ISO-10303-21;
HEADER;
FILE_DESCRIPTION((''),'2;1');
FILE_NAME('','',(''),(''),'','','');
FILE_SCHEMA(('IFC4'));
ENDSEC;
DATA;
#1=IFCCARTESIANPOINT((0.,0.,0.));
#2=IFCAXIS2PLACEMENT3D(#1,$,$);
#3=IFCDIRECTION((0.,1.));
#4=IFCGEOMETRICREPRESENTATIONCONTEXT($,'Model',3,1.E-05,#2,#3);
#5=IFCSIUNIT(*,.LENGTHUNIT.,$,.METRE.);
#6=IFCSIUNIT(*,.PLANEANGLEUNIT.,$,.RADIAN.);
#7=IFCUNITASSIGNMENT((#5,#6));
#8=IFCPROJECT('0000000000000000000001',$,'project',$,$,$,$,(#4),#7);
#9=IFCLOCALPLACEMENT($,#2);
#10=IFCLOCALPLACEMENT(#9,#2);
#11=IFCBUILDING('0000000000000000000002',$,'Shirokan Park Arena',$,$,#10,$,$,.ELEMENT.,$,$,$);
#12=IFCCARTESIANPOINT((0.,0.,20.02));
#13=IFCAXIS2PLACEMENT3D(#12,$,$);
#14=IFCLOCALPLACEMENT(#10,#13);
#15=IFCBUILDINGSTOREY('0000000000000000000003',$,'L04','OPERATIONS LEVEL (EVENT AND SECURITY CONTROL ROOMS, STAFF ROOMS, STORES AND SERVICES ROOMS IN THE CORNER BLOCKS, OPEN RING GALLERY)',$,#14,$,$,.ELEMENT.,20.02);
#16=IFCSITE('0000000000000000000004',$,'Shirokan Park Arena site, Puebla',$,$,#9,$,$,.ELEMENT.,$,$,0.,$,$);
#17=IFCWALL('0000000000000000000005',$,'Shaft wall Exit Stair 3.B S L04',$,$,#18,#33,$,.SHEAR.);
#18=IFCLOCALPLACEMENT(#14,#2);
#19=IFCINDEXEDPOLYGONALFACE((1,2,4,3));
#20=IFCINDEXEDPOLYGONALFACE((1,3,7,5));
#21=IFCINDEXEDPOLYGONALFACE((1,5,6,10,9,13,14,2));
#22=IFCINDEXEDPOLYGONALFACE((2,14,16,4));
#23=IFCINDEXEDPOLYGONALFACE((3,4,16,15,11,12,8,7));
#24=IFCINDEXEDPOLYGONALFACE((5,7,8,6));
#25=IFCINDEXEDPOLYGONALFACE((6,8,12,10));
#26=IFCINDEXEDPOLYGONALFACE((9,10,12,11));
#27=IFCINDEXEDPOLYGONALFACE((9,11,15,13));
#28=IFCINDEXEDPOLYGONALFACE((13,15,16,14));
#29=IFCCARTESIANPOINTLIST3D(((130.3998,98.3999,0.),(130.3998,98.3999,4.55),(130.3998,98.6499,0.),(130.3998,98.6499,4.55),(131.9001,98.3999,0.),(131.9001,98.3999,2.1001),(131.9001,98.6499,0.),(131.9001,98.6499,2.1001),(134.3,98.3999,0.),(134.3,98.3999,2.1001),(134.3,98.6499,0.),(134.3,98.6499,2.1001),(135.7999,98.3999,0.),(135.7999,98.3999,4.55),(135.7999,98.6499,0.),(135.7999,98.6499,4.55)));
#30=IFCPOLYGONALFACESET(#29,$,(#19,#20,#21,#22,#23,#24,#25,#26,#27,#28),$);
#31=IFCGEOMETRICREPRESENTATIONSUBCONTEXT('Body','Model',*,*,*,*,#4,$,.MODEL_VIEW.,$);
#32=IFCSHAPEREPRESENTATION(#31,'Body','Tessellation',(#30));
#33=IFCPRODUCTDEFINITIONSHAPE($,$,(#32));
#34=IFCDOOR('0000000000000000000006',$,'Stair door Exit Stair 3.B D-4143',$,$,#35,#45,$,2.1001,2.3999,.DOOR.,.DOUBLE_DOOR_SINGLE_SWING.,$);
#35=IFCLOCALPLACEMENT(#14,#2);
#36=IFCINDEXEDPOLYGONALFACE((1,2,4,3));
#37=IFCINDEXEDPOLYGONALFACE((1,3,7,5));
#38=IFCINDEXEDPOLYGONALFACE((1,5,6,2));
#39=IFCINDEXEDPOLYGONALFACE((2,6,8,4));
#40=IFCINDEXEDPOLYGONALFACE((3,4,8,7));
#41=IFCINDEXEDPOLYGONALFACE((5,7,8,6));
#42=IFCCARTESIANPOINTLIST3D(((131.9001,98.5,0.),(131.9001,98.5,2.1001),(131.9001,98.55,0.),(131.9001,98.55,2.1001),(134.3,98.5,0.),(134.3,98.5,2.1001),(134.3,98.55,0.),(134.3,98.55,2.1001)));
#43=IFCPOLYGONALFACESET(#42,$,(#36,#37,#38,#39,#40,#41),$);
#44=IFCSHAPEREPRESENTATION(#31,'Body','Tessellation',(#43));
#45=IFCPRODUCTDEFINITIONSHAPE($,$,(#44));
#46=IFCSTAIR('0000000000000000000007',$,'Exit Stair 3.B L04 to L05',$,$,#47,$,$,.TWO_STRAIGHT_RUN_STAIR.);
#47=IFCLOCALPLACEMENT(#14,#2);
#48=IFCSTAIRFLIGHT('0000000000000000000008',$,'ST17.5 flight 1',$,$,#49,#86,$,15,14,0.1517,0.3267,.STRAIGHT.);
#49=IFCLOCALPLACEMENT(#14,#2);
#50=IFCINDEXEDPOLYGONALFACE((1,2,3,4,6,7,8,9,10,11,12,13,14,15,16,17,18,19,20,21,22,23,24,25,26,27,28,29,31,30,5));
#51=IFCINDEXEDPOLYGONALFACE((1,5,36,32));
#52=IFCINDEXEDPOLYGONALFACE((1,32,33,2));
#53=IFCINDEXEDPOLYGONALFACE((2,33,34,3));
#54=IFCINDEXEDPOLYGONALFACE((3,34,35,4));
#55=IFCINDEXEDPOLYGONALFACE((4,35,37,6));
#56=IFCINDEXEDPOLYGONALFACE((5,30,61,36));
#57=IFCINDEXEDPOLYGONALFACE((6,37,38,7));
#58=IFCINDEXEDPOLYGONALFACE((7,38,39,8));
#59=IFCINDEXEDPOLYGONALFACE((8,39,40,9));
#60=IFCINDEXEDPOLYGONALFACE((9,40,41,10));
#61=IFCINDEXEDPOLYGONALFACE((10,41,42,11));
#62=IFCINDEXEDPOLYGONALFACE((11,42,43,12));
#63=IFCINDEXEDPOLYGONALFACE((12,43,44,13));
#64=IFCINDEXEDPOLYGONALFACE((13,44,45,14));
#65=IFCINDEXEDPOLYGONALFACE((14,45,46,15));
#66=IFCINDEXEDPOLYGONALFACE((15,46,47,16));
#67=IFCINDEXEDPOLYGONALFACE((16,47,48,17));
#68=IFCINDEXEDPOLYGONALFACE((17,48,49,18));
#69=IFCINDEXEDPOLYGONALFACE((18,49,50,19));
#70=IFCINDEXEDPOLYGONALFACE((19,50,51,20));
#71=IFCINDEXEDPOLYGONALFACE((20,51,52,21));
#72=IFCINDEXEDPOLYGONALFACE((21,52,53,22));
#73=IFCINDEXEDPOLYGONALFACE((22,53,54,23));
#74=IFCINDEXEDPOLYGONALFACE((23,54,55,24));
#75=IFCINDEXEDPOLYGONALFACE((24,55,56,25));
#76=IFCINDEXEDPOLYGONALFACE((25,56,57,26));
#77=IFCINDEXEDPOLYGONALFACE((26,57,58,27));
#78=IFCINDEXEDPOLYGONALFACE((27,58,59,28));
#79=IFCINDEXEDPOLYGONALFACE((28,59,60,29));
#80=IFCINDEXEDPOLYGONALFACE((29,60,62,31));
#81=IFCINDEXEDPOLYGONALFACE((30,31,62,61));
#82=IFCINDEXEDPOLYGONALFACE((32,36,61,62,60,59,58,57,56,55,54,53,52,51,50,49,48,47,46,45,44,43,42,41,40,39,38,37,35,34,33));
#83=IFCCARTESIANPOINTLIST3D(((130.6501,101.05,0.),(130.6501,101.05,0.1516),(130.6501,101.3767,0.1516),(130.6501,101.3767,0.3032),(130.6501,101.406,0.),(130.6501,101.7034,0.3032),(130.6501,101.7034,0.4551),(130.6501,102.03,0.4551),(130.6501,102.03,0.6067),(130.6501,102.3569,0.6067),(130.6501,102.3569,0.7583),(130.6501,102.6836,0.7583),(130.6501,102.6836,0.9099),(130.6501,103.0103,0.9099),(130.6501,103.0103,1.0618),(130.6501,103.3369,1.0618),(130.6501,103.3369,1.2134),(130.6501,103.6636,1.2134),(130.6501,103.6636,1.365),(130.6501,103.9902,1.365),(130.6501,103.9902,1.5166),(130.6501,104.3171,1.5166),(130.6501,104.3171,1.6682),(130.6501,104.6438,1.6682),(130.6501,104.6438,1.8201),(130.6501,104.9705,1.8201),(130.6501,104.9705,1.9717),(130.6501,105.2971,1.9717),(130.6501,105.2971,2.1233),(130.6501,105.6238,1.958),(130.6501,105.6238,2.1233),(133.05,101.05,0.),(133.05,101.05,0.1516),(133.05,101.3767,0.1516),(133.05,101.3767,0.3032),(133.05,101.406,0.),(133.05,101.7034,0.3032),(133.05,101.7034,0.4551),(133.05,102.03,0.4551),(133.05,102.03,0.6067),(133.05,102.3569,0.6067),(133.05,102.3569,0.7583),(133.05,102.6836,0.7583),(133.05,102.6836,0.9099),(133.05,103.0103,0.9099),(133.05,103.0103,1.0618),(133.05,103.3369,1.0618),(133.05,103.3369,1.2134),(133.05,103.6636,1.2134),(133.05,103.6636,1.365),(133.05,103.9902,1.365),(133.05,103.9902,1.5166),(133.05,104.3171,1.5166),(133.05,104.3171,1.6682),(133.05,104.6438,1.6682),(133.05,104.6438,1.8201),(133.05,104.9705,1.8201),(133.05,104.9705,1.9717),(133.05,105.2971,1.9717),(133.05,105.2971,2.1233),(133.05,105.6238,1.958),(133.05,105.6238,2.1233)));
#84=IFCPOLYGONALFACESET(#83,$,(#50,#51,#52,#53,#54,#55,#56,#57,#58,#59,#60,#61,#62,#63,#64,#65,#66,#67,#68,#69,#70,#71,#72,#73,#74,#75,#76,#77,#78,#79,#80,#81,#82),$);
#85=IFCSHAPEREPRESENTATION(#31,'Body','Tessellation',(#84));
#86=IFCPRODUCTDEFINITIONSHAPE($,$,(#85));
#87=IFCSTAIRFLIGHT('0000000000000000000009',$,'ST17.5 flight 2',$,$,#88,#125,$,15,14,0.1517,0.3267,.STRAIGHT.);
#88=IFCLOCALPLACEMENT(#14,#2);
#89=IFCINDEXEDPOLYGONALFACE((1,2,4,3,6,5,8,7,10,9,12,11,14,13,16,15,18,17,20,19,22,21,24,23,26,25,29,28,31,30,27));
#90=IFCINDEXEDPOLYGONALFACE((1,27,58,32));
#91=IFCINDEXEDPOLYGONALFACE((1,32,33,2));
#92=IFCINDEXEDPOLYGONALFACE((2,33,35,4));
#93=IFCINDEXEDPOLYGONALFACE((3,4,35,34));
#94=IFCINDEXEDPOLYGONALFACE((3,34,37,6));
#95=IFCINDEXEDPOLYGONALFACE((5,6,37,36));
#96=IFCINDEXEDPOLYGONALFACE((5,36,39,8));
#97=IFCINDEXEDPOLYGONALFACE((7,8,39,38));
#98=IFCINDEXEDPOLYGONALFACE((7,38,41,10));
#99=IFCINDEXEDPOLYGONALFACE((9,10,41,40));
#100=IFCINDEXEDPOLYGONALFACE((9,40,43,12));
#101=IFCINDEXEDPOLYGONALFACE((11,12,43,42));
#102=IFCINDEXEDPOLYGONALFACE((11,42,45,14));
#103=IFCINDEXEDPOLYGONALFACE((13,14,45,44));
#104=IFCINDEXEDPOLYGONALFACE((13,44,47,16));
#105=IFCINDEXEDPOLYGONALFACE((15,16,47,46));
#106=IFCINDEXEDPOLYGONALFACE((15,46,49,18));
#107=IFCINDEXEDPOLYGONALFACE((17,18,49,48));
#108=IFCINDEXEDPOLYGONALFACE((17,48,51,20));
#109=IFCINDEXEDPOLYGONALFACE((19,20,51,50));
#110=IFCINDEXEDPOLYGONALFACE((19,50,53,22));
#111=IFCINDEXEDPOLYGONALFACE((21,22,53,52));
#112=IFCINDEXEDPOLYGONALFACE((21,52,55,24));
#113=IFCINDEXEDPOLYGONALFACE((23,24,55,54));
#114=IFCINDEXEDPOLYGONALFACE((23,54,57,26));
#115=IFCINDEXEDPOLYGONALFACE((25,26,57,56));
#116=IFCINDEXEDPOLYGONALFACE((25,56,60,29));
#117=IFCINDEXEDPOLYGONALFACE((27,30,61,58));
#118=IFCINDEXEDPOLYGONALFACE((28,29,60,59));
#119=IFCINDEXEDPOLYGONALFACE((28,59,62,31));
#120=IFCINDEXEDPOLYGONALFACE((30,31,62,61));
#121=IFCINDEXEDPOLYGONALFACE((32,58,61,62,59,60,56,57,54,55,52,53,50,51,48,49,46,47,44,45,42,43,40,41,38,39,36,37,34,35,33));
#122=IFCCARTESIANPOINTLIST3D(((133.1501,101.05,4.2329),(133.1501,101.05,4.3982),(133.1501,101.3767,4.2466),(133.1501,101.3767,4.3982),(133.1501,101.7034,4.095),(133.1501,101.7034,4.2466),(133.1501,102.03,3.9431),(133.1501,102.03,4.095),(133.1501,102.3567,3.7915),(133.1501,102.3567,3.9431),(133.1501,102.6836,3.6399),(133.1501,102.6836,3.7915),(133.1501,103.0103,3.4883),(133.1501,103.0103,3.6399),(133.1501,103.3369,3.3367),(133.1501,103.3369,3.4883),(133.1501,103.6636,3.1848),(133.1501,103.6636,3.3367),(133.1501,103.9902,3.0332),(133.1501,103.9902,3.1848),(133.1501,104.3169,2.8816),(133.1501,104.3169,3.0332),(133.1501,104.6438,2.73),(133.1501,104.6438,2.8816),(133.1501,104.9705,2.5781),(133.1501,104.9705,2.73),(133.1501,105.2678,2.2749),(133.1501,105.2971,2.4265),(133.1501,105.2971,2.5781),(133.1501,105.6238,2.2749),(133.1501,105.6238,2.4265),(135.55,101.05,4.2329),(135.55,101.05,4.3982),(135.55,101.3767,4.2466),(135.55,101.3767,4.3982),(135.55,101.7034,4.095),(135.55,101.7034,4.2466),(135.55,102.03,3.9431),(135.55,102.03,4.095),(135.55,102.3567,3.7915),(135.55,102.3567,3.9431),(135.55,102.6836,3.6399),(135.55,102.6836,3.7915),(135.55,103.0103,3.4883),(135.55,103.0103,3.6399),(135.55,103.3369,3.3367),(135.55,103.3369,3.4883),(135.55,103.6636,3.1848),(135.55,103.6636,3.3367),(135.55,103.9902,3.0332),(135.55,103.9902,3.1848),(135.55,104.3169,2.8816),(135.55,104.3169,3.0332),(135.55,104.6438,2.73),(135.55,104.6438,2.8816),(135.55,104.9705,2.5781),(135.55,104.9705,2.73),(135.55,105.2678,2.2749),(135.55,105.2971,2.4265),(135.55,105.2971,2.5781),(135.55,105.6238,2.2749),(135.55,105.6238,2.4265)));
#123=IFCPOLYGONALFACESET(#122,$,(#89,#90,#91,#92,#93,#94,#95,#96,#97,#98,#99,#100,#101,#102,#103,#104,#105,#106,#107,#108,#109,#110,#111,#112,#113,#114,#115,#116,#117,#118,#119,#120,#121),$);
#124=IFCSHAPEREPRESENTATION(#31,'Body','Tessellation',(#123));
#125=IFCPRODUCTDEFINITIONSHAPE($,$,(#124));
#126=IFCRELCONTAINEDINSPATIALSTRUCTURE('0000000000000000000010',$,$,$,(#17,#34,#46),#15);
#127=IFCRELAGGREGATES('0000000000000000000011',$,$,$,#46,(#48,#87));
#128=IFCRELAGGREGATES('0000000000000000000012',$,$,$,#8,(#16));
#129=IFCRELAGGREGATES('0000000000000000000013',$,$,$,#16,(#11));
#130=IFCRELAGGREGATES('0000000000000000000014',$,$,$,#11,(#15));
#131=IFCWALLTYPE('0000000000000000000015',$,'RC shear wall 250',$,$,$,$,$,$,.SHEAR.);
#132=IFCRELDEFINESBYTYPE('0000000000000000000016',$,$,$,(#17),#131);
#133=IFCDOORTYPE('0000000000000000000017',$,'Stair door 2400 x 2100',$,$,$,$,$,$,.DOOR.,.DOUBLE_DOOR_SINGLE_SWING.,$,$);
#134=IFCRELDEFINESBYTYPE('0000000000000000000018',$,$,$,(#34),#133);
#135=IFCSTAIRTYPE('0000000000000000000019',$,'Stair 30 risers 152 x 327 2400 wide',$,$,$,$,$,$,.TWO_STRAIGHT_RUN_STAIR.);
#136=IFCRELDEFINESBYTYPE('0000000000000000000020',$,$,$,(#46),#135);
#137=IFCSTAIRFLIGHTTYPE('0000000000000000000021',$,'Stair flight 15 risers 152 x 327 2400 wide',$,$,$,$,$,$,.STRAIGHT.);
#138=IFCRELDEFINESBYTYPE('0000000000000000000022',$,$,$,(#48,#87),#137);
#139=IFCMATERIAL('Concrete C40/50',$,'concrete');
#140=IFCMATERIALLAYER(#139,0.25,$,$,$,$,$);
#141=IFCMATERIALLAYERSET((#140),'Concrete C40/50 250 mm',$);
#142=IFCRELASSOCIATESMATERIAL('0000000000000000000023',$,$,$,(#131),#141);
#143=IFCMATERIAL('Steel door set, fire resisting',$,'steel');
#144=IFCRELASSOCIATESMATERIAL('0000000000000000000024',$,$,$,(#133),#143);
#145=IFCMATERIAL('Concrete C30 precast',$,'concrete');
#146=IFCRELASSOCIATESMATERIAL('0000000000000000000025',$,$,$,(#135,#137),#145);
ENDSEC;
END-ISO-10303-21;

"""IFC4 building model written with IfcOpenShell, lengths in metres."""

from ifc_helpers import new_model, si_unit, direction, frame, frame_2d, origin, place, context, subcontext, project, spatial, polyline, rectangle, outline, extrude, material, layer, layer_set, type_object, element, fill, aggregate, save


model = new_model("IFC4")

# Units and contexts
model_context = context("Model", 3, precision=1e-05, world=origin(), true_north=direction((0.0, 1.0)))
body_context = subcontext(model_context, "Body", "Model", "MODEL_VIEW")
ifc_project = project(units=[si_unit("LENGTHUNIT", "METRE"), si_unit("PLANEANGLEUNIT", "RADIAN")], contexts=[model_context])

# Site, building, storey
site_placement = place(None, origin())
site = spatial("IfcSite", under=ifc_project, at=site_placement, Name="Shirokan Park Arena site, Puebla", CompositionType="ELEMENT", RefElevation=0.0)
building_placement = place(site_placement, origin())
building = spatial("IfcBuilding", under=site, at=building_placement, Name="Shirokan Park Arena", CompositionType="ELEMENT")
storey_placement = place(building_placement, frame((0.0, 0.0, 20.02)))
storey = spatial("IfcBuildingStorey", under=building, at=storey_placement, Name="L04", Description="OPERATIONS LEVEL (EVENT AND SECURITY CONTROL ROOMS, STAFF ROOMS, STORES AND SERVICES ROOMS IN THE CORNER BLOCKS, OPEN RING GALLERY)", CompositionType="ELEMENT", Elevation=20.02)

# Wall, opening, door
ifc_material_1 = material(Name="Concrete C40/50", Category="concrete")
ifc_layer_1 = layer(ifc_material_1, 0.25)
ifc_layer_set_1 = layer_set([ifc_layer_1], Name="Concrete C40/50 250 mm")
wall_type_1 = type_object("IfcWallType", Name="RC shear wall 250", PredefinedType="SHEAR", material=ifc_layer_set_1)
wall_1_placement = place(storey_placement, frame((135.8, 98.5249, 0.0), z_axis=(0.0, 0.0, 1.0), x_axis=(-1.0, 0.0, 0.0)))
wall_1 = element("IfcWall", 1, at=wall_1_placement, inside=storey, type_object=wall_type_1, Name="Shaft wall Exit Stair 3.B S L04", PredefinedType="SHEAR", context=body_context, shape_type="SweptSolid", body=[
    extrude(rectangle(XDim=5.4001, YDim=0.25, at=frame_2d((2.7002, 0.0))), origin(), (0.0, 0.0, 1.0), 4.55),
])
opening_1_placement = place(wall_1_placement, frame((1.5, 0.0, 0.0)))
opening_1 = element("IfcOpeningElement", 2, at=opening_1_placement, cuts=wall_1, PredefinedType="OPENING", context=body_context, shape_type="SweptSolid", body=[
    extrude(rectangle(XDim=2.3999, YDim=2.1001, at=frame_2d((1.2, 1.05))), frame((0.0, 0.135, 0.0), z_axis=(0.0, -1.0, 0.0), x_axis=(1.0, 0.0, 0.0)), (0.0, 0.0, 1.0), 0.27),
])
ifc_material_2 = material(Name="Steel door set, fire resisting", Category="steel")
door_type_1 = type_object("IfcDoorType", Name="Stair door 2400 x 2100", OperationType="DOUBLE_DOOR_SINGLE_SWING", PredefinedType="DOOR", material=ifc_material_2)
door_1_placement = place(opening_1_placement, origin())
door_1 = element("IfcDoor", 3, at=door_1_placement, inside=storey, type_object=door_type_1, Name="Stair door Exit Stair 3.B D-4143", OperationType="DOUBLE_DOOR_SINGLE_SWING", OverallHeight=2.1001, OverallWidth=2.3999, PredefinedType="DOOR", context=body_context, shape_type="SweptSolid", body=[
    extrude(rectangle(XDim=2.3999, YDim=2.1001, at=frame_2d((1.2, 1.05))), frame((0.0, 0.0249, 0.0), z_axis=(0.0, -1.0, 0.0), x_axis=(1.0, 0.0, 0.0)), (0.0, 0.0, 1.0), 0.05),
])
fill(opening_1, door_1)

# Stair, stair flights
ifc_material_3 = material(Name="Concrete C30 precast", Category="concrete")
stair_type = type_object("IfcStairType", Name="Stair 30 risers 152 x 327 2400 wide", PredefinedType="TWO_STRAIGHT_RUN_STAIR", material=ifc_material_3)
stair_placement = place(storey_placement, origin())
stair = element("IfcStair", 4, at=stair_placement, inside=storey, type_object=stair_type, Name="Exit Stair 3.B L04 to L05", PredefinedType="TWO_STRAIGHT_RUN_STAIR")
stair_flight_type = type_object("IfcStairFlightType", Name="Stair flight 15 risers 152 x 327 2400 wide", PredefinedType="STRAIGHT", material=ifc_material_3)
stair_flight_1_placement = place(storey_placement, frame((131.8501, 101.05, 0.0), z_axis=(0.0, 0.0, 1.0), x_axis=(0.0, 1.0, 0.0)))
stair_flight_1 = element("IfcStairFlight", 5, at=stair_flight_1_placement, type_object=stair_flight_type, Name="ST17.5 flight 1", NumberOfRisers=15, NumberOfTreads=14, PredefinedType="STRAIGHT", RiserHeight=0.1517, TreadLength=0.3267, context=body_context, shape_type="SweptSolid", body=[
    extrude(outline(polyline([(0.0, 0.0), (0.0, 0.1516), (0.3267, 0.1516), (0.3267, 0.3032), (0.6533, 0.3032), (0.6533, 0.4551), (0.98, 0.4551), (0.98, 0.6067), (1.3069, 0.6067), (1.3069, 0.7583), (1.6335, 0.7583), (1.6335, 0.9099), (1.9602, 0.9099), (1.9602, 1.0618), (2.2869, 1.0618), (2.2869, 1.2134), (2.6135, 1.2134), (2.6135, 1.365), (2.9402, 1.365), (2.9402, 1.5166), (3.2671, 1.5166), (3.2671, 1.6682), (3.5938, 1.6682), (3.5938, 1.8201), (3.9204, 1.8201), (3.9204, 1.9717), (4.2471, 1.9717), (4.2471, 2.1233), (4.5737, 2.1233), (4.5737, 2.2749), (4.5737, 1.958), (0.356, 0.0), (0.0, 0.0)])), frame((0.0, 1.2, 0.0), z_axis=(0.0, -1.0, 0.0), x_axis=(1.0, 0.0, 0.0)), (0.0, 0.0, 1.0), 2.3999),
])
stair_flight_2_placement = place(storey_placement, frame((134.3501, 105.6238, 2.2749), z_axis=(0.0, 0.0, 1.0), x_axis=(0.0, -1.0, 0.0)))
stair_flight_2 = element("IfcStairFlight", 6, at=stair_flight_2_placement, type_object=stair_flight_type, Name="ST17.5 flight 2", NumberOfRisers=15, NumberOfTreads=14, PredefinedType="STRAIGHT", RiserHeight=0.1517, TreadLength=0.3267, context=body_context, shape_type="SweptSolid", body=[
    extrude(outline(polyline([(0.0, 0.0), (0.0, 0.1516), (0.3267, 0.1516), (0.3267, 0.3032), (0.6533, 0.3032), (0.6533, 0.4551), (0.98, 0.4551), (0.98, 0.6067), (1.3069, 0.6067), (1.3069, 0.7583), (1.6335, 0.7583), (1.6335, 0.9099), (1.9602, 0.9099), (1.9602, 1.0618), (2.2869, 1.0618), (2.2869, 1.2134), (2.6135, 1.2134), (2.6135, 1.365), (2.9402, 1.365), (2.9402, 1.5166), (3.2671, 1.5166), (3.2671, 1.6682), (3.5938, 1.6682), (3.5938, 1.8201), (3.9204, 1.8201), (3.9204, 1.9717), (4.2471, 1.9717), (4.2471, 2.1233), (4.5737, 2.1233), (4.5737, 2.2749), (4.5737, 1.958), (0.356, 0.0), (0.0, 0.0)])), frame((0.0, 1.2, 0.0), z_axis=(0.0, -1.0, 0.0), x_axis=(1.0, 0.0, 0.0)), (0.0, 0.0, 1.0), 2.3999),
])
aggregate(stair, [stair_flight_1, stair_flight_2])

save(model, "model.ifc")
